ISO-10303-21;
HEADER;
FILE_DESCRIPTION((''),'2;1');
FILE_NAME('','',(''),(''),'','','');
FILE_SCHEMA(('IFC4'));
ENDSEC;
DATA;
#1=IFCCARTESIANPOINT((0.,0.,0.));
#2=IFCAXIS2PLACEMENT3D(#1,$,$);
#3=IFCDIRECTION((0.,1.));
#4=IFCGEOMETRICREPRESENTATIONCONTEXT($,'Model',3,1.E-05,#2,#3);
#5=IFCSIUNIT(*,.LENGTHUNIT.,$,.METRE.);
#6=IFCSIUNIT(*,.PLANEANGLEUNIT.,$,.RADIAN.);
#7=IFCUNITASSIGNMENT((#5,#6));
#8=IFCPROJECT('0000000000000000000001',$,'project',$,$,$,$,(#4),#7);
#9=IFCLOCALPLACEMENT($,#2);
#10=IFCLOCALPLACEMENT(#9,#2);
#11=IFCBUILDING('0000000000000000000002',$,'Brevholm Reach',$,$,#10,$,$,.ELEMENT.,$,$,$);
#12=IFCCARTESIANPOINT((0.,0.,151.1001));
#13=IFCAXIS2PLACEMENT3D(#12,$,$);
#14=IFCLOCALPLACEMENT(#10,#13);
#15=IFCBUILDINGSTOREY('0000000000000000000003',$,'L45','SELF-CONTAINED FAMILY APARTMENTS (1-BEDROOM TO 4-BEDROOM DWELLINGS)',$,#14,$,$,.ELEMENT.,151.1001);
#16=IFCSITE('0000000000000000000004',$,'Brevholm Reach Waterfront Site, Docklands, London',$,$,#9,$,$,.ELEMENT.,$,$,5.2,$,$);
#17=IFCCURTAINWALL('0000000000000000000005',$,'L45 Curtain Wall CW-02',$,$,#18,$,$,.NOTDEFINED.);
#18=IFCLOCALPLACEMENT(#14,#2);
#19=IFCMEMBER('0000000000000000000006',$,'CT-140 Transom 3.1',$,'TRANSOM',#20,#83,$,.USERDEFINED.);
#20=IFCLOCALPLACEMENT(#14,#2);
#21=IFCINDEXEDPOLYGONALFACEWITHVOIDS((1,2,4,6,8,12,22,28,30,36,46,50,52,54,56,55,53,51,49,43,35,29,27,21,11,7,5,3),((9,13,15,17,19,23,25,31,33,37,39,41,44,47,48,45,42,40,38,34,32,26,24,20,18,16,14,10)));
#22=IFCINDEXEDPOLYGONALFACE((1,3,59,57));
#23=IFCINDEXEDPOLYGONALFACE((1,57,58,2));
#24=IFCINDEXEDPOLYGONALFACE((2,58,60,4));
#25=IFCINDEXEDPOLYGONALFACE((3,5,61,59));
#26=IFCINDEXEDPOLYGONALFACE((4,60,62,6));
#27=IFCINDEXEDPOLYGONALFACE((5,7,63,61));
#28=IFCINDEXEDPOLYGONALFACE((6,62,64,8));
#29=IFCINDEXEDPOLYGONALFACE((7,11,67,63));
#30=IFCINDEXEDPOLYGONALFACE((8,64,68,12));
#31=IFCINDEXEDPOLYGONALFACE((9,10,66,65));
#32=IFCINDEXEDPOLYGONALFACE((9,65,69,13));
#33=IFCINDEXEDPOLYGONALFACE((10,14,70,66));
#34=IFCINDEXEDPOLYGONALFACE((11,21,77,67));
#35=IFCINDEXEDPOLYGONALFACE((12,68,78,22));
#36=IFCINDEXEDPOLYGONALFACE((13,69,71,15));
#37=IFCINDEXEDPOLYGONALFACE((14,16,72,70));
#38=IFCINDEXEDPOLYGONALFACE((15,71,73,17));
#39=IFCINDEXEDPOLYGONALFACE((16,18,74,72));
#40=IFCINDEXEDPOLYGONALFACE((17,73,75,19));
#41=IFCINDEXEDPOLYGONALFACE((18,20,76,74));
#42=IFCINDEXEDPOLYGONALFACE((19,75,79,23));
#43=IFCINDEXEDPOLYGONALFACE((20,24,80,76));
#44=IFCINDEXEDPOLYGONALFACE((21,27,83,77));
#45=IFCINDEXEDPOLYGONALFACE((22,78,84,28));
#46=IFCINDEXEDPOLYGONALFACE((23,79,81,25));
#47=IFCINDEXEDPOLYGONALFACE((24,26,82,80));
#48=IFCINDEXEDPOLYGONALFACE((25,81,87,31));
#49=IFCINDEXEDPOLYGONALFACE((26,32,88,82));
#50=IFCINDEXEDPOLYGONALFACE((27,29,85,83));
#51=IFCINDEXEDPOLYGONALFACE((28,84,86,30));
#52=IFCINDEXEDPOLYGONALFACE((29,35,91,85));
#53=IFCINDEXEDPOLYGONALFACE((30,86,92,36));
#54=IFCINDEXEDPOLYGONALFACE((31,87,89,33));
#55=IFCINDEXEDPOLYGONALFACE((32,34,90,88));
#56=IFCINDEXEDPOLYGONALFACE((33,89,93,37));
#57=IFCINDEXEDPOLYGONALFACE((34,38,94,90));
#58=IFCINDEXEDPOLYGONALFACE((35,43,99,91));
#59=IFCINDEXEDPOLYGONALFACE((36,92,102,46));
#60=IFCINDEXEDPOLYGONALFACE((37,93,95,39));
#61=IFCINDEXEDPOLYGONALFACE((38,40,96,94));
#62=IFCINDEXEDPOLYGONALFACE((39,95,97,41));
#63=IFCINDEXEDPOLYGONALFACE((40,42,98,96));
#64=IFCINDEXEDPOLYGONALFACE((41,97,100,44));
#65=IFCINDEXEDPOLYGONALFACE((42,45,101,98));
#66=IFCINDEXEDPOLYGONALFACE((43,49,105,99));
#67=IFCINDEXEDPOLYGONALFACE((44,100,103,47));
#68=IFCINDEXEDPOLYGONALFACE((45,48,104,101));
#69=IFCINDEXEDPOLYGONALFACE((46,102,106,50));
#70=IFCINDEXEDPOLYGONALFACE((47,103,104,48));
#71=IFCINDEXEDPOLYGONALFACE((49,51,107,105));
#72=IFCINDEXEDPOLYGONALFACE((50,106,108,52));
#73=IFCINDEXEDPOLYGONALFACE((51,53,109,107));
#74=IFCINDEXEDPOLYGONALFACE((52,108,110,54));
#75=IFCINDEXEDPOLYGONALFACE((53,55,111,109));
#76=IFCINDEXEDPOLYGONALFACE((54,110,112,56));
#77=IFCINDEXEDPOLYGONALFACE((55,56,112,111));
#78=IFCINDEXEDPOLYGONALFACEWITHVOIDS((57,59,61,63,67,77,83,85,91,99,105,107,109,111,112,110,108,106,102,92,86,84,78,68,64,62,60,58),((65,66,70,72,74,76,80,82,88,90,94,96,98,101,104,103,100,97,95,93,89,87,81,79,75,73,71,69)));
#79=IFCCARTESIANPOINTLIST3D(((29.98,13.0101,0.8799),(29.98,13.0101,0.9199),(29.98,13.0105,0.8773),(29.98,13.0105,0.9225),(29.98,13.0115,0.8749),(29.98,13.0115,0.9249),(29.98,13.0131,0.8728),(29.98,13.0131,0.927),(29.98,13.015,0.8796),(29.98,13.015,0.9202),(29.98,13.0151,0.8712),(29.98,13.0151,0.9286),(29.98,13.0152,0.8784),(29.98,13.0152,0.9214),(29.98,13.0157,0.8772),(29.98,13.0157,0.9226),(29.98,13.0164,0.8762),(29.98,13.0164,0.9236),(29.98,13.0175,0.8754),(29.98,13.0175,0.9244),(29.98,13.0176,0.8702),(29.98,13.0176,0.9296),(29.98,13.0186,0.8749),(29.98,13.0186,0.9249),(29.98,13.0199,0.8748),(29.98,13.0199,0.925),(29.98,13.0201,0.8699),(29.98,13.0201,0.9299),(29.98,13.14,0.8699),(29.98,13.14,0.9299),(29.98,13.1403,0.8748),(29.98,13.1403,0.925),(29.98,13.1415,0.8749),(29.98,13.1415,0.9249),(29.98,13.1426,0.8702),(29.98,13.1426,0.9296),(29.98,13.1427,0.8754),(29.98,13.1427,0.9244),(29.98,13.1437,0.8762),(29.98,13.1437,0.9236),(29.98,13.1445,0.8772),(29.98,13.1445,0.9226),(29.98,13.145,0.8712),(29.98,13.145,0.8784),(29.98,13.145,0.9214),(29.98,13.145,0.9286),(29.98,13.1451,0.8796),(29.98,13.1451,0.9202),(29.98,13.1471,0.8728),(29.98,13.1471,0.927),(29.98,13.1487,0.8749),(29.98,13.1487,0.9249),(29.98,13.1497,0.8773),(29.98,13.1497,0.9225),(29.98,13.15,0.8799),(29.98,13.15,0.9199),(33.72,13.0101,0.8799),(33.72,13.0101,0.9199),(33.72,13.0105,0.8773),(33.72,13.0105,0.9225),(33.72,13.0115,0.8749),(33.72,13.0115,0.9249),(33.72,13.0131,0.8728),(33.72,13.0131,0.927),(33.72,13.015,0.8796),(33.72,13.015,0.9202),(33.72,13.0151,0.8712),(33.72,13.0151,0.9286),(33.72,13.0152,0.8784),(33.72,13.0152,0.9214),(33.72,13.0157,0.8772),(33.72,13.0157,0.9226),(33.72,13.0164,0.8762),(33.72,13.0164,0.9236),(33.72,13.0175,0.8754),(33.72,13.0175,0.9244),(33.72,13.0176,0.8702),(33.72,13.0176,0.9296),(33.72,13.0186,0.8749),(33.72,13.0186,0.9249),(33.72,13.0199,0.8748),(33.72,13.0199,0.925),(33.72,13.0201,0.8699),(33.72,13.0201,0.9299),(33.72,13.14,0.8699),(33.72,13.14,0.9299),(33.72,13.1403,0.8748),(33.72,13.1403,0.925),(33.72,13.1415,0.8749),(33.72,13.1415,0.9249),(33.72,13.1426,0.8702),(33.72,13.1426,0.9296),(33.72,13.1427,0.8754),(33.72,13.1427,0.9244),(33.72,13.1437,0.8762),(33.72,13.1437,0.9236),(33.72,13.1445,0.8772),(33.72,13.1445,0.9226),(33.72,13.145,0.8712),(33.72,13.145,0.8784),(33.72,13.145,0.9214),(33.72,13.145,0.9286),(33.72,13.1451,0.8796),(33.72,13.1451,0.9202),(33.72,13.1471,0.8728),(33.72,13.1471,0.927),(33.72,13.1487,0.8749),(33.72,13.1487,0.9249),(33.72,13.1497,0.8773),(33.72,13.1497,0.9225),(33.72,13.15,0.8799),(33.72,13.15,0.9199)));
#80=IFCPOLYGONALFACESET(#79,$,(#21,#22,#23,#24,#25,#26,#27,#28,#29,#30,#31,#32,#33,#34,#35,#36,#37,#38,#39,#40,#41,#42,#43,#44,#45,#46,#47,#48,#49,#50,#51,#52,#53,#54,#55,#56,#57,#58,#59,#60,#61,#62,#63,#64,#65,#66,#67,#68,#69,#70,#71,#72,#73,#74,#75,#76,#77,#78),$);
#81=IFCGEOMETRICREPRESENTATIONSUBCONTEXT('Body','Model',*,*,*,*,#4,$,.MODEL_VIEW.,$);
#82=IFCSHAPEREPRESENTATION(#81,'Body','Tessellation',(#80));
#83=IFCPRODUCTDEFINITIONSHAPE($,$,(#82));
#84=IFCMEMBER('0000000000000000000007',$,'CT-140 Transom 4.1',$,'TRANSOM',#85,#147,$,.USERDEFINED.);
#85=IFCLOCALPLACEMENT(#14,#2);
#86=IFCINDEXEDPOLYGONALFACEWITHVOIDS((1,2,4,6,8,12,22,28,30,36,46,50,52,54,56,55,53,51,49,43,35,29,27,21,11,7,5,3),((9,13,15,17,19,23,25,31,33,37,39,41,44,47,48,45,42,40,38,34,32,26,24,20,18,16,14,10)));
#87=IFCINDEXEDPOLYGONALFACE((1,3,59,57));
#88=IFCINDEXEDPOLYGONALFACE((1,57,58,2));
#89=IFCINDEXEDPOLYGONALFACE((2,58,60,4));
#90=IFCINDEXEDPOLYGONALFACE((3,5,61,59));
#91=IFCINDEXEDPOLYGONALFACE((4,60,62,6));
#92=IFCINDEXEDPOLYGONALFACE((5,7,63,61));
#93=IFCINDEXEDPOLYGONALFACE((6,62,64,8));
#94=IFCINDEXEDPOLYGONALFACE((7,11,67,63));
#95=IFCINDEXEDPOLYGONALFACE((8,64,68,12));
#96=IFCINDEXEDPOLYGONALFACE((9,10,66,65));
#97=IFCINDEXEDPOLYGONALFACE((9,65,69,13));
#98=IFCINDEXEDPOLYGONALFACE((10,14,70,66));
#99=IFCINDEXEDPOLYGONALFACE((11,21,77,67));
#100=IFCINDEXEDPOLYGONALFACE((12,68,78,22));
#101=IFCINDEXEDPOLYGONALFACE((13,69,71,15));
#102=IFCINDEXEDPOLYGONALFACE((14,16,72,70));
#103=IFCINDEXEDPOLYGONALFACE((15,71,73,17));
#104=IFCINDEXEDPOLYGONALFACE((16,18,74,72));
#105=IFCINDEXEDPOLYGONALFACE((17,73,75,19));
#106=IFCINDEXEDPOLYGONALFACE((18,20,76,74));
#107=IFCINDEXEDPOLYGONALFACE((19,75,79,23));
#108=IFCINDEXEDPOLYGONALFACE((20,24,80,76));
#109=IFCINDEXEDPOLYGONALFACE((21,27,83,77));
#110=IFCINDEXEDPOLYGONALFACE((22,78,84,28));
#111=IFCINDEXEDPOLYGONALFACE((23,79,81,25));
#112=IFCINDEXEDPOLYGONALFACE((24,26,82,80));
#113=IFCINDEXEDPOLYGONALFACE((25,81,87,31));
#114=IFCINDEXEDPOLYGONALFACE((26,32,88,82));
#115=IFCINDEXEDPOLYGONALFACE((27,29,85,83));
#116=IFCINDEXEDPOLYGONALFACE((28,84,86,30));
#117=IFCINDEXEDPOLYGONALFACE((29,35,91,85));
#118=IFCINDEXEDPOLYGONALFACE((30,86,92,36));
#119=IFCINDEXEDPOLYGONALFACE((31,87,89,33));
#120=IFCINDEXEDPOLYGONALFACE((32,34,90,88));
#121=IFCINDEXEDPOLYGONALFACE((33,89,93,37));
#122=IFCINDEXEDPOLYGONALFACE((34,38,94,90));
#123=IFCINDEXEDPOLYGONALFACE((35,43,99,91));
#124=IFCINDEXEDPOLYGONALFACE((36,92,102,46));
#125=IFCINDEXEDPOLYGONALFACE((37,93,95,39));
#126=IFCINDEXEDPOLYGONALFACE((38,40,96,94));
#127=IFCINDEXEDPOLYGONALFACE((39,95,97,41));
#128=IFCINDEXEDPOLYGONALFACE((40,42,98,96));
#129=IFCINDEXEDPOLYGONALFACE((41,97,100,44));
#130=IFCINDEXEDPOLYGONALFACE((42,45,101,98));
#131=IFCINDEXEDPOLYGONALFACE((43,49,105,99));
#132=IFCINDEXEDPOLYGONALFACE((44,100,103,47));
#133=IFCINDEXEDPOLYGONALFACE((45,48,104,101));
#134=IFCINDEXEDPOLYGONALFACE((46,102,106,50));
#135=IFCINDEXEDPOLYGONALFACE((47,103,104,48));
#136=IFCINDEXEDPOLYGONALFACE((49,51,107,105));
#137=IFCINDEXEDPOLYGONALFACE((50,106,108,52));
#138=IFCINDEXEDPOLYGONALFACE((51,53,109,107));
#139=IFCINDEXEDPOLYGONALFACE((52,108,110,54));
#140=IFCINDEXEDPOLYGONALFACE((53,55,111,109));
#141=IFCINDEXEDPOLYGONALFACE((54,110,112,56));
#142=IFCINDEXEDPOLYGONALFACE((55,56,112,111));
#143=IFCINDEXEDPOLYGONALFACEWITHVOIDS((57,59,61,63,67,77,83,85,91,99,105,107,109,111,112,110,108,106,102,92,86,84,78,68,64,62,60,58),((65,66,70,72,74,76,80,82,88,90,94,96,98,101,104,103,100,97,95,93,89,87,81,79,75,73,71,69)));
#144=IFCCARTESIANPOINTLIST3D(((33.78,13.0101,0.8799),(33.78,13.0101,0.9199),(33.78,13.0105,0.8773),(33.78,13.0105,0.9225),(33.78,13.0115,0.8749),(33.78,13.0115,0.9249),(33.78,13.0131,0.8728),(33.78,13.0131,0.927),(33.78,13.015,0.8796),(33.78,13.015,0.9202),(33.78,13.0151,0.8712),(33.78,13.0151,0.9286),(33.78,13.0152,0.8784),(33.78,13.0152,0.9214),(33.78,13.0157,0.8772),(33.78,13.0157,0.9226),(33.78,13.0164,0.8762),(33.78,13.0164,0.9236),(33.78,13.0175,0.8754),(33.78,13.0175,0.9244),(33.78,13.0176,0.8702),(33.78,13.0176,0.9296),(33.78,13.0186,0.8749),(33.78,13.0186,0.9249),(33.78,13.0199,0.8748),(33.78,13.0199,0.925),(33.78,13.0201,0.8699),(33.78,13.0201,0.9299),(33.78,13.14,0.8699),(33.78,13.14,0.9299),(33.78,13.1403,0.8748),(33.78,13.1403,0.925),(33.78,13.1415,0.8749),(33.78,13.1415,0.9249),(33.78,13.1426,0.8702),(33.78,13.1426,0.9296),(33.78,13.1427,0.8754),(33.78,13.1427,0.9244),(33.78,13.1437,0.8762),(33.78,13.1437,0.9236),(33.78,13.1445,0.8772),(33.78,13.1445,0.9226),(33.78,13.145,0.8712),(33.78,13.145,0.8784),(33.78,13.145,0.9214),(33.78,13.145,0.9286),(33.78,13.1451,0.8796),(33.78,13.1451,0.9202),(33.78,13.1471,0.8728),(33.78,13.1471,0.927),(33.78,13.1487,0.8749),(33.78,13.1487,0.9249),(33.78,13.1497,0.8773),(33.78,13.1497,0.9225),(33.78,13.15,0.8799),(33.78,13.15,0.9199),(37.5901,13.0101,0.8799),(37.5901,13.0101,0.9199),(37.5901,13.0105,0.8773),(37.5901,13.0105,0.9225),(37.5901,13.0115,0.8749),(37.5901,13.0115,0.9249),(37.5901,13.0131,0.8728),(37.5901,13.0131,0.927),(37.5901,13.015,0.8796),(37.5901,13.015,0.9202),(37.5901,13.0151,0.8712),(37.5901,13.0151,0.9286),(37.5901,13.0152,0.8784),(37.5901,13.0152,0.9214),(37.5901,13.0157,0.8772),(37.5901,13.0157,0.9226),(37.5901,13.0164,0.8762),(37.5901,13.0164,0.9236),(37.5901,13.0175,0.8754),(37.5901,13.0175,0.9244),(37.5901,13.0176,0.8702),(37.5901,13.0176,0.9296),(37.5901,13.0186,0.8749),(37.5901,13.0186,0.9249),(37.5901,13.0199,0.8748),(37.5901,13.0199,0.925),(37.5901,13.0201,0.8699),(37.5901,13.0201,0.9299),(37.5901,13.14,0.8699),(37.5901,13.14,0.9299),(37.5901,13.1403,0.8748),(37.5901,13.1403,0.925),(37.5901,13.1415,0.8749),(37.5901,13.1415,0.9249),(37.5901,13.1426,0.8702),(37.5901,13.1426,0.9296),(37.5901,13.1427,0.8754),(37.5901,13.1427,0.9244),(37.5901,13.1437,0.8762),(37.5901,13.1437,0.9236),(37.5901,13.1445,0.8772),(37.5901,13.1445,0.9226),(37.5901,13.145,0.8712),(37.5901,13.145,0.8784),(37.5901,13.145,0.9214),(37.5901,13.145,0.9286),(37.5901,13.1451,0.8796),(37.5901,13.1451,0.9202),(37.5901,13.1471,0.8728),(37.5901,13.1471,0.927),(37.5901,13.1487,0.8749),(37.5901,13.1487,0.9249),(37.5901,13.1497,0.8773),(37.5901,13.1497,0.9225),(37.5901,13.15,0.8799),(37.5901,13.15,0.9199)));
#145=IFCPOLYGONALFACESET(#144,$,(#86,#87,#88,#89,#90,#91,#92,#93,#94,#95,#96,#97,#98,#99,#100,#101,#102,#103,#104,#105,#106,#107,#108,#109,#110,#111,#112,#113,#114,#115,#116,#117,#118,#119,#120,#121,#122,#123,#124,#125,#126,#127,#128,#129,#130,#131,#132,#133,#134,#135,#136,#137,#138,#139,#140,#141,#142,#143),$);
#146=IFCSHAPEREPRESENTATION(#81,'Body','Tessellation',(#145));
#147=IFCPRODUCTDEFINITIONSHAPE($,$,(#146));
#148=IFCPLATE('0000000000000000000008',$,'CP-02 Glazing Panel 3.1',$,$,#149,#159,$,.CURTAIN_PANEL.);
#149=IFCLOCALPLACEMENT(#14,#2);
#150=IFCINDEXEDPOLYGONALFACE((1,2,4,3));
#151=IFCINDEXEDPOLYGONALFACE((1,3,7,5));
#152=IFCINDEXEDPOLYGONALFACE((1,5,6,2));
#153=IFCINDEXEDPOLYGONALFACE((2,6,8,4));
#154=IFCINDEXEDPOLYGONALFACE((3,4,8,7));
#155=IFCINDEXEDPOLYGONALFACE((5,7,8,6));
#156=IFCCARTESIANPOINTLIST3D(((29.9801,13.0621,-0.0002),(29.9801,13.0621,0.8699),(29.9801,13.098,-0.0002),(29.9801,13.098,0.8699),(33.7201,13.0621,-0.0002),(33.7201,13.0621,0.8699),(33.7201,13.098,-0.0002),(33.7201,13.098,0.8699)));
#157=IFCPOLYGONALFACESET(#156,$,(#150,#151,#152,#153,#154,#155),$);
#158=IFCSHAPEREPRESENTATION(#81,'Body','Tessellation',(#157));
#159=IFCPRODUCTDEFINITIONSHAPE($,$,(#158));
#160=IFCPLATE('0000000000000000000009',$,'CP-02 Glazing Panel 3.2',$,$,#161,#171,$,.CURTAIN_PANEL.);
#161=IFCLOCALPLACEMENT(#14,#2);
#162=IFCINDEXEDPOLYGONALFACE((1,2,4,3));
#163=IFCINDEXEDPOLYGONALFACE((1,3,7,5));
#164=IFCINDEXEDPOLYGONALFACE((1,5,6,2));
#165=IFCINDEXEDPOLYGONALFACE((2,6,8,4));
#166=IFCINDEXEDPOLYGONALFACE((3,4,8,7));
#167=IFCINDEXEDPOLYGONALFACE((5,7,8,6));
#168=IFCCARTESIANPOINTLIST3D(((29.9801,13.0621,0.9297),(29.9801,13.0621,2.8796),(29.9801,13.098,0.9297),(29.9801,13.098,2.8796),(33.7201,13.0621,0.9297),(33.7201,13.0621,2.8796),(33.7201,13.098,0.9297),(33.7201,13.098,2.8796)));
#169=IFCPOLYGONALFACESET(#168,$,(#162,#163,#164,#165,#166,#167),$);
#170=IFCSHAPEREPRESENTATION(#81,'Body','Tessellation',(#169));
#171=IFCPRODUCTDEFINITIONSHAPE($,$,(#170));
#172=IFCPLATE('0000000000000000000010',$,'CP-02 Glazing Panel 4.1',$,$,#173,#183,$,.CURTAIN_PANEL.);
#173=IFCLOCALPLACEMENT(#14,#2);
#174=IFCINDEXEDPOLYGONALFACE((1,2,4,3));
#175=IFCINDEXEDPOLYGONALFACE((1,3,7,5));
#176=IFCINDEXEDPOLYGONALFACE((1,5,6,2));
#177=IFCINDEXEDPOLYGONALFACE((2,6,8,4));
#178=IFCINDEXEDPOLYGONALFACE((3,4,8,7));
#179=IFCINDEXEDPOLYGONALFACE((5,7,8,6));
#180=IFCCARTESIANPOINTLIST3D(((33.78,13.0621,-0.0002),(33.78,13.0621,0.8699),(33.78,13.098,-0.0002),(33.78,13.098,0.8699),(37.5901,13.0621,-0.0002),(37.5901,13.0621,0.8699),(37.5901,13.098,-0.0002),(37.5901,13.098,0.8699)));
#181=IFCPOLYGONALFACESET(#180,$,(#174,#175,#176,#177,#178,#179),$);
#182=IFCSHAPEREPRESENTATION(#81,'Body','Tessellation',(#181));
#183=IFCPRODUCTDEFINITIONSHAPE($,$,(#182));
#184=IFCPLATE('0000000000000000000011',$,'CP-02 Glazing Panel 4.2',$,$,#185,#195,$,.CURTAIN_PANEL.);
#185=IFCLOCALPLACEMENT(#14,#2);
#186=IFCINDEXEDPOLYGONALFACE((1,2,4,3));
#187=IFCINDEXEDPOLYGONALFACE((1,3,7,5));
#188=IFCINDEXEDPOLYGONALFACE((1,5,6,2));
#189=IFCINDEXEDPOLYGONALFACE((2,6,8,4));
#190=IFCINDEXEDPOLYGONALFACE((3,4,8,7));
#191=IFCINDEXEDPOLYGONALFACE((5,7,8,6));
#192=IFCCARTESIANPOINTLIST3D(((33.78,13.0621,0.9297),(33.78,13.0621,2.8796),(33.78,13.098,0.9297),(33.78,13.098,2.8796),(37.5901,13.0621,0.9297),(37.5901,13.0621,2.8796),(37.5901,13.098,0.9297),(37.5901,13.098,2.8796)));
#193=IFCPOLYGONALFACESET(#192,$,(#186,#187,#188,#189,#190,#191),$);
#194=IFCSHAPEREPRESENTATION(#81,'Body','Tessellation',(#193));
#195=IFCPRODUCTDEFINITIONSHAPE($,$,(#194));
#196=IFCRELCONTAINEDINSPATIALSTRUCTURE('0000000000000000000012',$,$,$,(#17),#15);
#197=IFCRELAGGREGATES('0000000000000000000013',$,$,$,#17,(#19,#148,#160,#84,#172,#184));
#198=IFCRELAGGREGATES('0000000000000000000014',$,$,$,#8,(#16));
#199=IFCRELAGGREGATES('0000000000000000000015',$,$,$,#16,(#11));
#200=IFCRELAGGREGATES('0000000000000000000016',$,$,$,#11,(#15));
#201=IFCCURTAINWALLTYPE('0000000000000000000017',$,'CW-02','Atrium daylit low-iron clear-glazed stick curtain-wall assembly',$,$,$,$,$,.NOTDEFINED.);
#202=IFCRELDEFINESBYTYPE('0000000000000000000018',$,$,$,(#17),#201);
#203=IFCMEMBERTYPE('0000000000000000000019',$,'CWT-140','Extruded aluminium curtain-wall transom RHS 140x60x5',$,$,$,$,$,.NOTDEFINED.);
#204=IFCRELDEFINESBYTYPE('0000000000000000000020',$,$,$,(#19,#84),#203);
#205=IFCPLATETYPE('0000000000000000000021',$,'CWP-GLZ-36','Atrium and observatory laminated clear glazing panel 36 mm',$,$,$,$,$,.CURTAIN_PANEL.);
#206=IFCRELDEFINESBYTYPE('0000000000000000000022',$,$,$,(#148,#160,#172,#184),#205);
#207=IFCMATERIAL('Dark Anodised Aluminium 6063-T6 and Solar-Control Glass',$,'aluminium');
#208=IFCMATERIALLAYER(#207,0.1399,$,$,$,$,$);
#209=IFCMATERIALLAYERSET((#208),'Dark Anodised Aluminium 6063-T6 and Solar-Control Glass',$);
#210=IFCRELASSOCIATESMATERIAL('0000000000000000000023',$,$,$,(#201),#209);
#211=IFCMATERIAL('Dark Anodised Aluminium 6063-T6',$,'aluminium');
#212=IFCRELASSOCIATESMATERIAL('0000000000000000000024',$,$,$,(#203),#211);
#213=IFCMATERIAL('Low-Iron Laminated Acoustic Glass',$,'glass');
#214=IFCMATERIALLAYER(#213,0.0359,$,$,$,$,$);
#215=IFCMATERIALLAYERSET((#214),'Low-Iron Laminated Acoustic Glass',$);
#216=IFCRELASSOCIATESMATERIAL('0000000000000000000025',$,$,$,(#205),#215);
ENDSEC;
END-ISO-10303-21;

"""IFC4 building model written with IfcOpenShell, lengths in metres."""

from ifc_helpers import new_model, si_unit, direction, frame, origin, origin_2d, place, context, subcontext, project, spatial, rectangle, hollow_rectangle, extrude, material, layer, layer_set, material_profile, profile_set, type_object, element, aggregate, save


model = new_model("IFC4")

# Units and contexts
model_context = context("Model", 3, precision=1e-05, world=origin(), true_north=direction((0.0, 1.0)))
body_context = subcontext(model_context, "Body", "Model", "MODEL_VIEW")
ifc_project = project(units=[si_unit("LENGTHUNIT", "METRE"), si_unit("PLANEANGLEUNIT", "RADIAN")], contexts=[model_context])

# Site, building, storey
site_placement = place(None, origin())
site = spatial("IfcSite", under=ifc_project, at=site_placement, Name="Brevholm Reach Waterfront Site, Docklands, London", CompositionType="ELEMENT", RefElevation=5.2)
building_placement = place(site_placement, origin())
building = spatial("IfcBuilding", under=site, at=building_placement, Name="Brevholm Reach", CompositionType="ELEMENT")
storey_placement = place(building_placement, frame((0.0, 0.0, 151.1001)))
storey = spatial("IfcBuildingStorey", under=building, at=storey_placement, Name="L45", Description="SELF-CONTAINED FAMILY APARTMENTS (1-BEDROOM TO 4-BEDROOM DWELLINGS)", CompositionType="ELEMENT", Elevation=151.1001)

# Curtain wall, members, plates
ifc_material_1 = material(Name="Dark Anodised Aluminium 6063-T6 and Solar-Control Glass", Category="aluminium")
ifc_layer_1 = layer(ifc_material_1, 0.1399)
ifc_layer_set_1 = layer_set([ifc_layer_1], Name="Dark Anodised Aluminium 6063-T6 and Solar-Control Glass")
curtain_wall_type = type_object("IfcCurtainWallType", Name="CW-02", Description="Atrium daylit low-iron clear-glazed stick curtain-wall assembly", PredefinedType="NOTDEFINED", material=ifc_layer_set_1)
curtain_wall_placement = place(storey_placement, origin())
curtain_wall = element("IfcCurtainWall", 1, at=curtain_wall_placement, inside=storey, type_object=curtain_wall_type, Name="L45 Curtain Wall CW-02", PredefinedType="NOTDEFINED")
ifc_material_2 = material(Name="Dark Anodised Aluminium 6063-T6", Category="aluminium")
ifc_material_profile_1 = material_profile(ifc_material_2, hollow_rectangle(XDim=0.0601, YDim=0.1399, WallThickness=0.0049, InnerFilletRadius=0.0049, OuterFilletRadius=0.01, at=origin_2d()), Name="RHS 140x60x5")
ifc_profile_set_1 = profile_set([ifc_material_profile_1], Name="Dark Anodised Aluminium 6063-T6")
member_type_1 = type_object("IfcMemberType", Name="CWT-140", Description="Extruded aluminium curtain-wall transom RHS 140x60x5", PredefinedType="NOTDEFINED", material=ifc_profile_set_1)
member_1_placement = place(storey_placement, frame((29.98, 13.0801, 0.8999), z_axis=(1.0, 0.0, 0.0), x_axis=(0.0, 0.0, 1.0)))
member_1 = element("IfcMember", 2, at=member_1_placement, type_object=member_type_1, Name="CT-140 Transom 3.1", ObjectType="TRANSOM", PredefinedType="USERDEFINED", context=body_context, shape_type="SweptSolid", body=[
    extrude(hollow_rectangle(XDim=0.0601, YDim=0.1399, WallThickness=0.0049, InnerFilletRadius=0.0049, OuterFilletRadius=0.01, at=origin_2d()), origin(), (0.0, 0.0, 1.0), 3.74),
])
member_2_placement = place(storey_placement, frame((33.78, 13.0801, 0.8999), z_axis=(1.0, 0.0, 0.0), x_axis=(0.0, 0.0, 1.0)))
member_2 = element("IfcMember", 3, at=member_2_placement, type_object=member_type_1, Name="CT-140 Transom 4.1", ObjectType="TRANSOM", PredefinedType="USERDEFINED", context=body_context, shape_type="SweptSolid", body=[
    extrude(hollow_rectangle(XDim=0.0601, YDim=0.1399, WallThickness=0.0049, InnerFilletRadius=0.0049, OuterFilletRadius=0.01, at=origin_2d()), origin(), (0.0, 0.0, 1.0), 3.8101),
])
ifc_material_3 = material(Name="Low-Iron Laminated Acoustic Glass", Category="glass")
ifc_layer_2 = layer(ifc_material_3, 0.0359)
ifc_layer_set_2 = layer_set([ifc_layer_2], Name="Low-Iron Laminated Acoustic Glass")
plate_type = type_object("IfcPlateType", Name="CWP-GLZ-36", Description="Atrium and observatory laminated clear glazing panel 36 mm", PredefinedType="CURTAIN_PANEL", material=ifc_layer_set_2)
plate_1_placement = place(storey_placement, frame((31.8501, 13.0801, -0.0002), z_axis=(0.0, 0.0, 1.0), x_axis=(1.0, 0.0, 0.0)))
plate_1 = element("IfcPlate", 4, at=plate_1_placement, type_object=plate_type, Name="CP-02 Glazing Panel 3.1", PredefinedType="CURTAIN_PANEL", context=body_context, shape_type="SweptSolid", body=[
    extrude(rectangle(XDim=3.74, YDim=0.0359, at=origin_2d()), origin(), (0.0, 0.0, 1.0), 0.8701),
])
plate_2_placement = place(storey_placement, frame((31.8501, 13.0801, 0.9297), z_axis=(0.0, 0.0, 1.0), x_axis=(1.0, 0.0, 0.0)))
plate_2 = element("IfcPlate", 5, at=plate_2_placement, type_object=plate_type, Name="CP-02 Glazing Panel 3.2", PredefinedType="CURTAIN_PANEL", context=body_context, shape_type="SweptSolid", body=[
    extrude(rectangle(XDim=3.74, YDim=0.0359, at=origin_2d()), origin(), (0.0, 0.0, 1.0), 1.95),
])
plate_3_placement = place(storey_placement, frame((35.6851, 13.0801, -0.0002), z_axis=(0.0, 0.0, 1.0), x_axis=(1.0, 0.0, 0.0)))
plate_3 = element("IfcPlate", 6, at=plate_3_placement, type_object=plate_type, Name="CP-02 Glazing Panel 4.1", PredefinedType="CURTAIN_PANEL", context=body_context, shape_type="SweptSolid", body=[
    extrude(rectangle(XDim=3.8101, YDim=0.0359, at=origin_2d()), origin(), (0.0, 0.0, 1.0), 0.8701),
])
plate_4_placement = place(storey_placement, frame((35.6851, 13.0801, 0.9297), z_axis=(0.0, 0.0, 1.0), x_axis=(1.0, 0.0, 0.0)))
plate_4 = element("IfcPlate", 7, at=plate_4_placement, type_object=plate_type, Name="CP-02 Glazing Panel 4.2", PredefinedType="CURTAIN_PANEL", context=body_context, shape_type="SweptSolid", body=[
    extrude(rectangle(XDim=3.8101, YDim=0.0359, at=origin_2d()), origin(), (0.0, 0.0, 1.0), 1.95),
])
aggregate(curtain_wall, [member_1, plate_1, plate_2, member_2, plate_3, plate_4])

save(model, "model.ifc")
